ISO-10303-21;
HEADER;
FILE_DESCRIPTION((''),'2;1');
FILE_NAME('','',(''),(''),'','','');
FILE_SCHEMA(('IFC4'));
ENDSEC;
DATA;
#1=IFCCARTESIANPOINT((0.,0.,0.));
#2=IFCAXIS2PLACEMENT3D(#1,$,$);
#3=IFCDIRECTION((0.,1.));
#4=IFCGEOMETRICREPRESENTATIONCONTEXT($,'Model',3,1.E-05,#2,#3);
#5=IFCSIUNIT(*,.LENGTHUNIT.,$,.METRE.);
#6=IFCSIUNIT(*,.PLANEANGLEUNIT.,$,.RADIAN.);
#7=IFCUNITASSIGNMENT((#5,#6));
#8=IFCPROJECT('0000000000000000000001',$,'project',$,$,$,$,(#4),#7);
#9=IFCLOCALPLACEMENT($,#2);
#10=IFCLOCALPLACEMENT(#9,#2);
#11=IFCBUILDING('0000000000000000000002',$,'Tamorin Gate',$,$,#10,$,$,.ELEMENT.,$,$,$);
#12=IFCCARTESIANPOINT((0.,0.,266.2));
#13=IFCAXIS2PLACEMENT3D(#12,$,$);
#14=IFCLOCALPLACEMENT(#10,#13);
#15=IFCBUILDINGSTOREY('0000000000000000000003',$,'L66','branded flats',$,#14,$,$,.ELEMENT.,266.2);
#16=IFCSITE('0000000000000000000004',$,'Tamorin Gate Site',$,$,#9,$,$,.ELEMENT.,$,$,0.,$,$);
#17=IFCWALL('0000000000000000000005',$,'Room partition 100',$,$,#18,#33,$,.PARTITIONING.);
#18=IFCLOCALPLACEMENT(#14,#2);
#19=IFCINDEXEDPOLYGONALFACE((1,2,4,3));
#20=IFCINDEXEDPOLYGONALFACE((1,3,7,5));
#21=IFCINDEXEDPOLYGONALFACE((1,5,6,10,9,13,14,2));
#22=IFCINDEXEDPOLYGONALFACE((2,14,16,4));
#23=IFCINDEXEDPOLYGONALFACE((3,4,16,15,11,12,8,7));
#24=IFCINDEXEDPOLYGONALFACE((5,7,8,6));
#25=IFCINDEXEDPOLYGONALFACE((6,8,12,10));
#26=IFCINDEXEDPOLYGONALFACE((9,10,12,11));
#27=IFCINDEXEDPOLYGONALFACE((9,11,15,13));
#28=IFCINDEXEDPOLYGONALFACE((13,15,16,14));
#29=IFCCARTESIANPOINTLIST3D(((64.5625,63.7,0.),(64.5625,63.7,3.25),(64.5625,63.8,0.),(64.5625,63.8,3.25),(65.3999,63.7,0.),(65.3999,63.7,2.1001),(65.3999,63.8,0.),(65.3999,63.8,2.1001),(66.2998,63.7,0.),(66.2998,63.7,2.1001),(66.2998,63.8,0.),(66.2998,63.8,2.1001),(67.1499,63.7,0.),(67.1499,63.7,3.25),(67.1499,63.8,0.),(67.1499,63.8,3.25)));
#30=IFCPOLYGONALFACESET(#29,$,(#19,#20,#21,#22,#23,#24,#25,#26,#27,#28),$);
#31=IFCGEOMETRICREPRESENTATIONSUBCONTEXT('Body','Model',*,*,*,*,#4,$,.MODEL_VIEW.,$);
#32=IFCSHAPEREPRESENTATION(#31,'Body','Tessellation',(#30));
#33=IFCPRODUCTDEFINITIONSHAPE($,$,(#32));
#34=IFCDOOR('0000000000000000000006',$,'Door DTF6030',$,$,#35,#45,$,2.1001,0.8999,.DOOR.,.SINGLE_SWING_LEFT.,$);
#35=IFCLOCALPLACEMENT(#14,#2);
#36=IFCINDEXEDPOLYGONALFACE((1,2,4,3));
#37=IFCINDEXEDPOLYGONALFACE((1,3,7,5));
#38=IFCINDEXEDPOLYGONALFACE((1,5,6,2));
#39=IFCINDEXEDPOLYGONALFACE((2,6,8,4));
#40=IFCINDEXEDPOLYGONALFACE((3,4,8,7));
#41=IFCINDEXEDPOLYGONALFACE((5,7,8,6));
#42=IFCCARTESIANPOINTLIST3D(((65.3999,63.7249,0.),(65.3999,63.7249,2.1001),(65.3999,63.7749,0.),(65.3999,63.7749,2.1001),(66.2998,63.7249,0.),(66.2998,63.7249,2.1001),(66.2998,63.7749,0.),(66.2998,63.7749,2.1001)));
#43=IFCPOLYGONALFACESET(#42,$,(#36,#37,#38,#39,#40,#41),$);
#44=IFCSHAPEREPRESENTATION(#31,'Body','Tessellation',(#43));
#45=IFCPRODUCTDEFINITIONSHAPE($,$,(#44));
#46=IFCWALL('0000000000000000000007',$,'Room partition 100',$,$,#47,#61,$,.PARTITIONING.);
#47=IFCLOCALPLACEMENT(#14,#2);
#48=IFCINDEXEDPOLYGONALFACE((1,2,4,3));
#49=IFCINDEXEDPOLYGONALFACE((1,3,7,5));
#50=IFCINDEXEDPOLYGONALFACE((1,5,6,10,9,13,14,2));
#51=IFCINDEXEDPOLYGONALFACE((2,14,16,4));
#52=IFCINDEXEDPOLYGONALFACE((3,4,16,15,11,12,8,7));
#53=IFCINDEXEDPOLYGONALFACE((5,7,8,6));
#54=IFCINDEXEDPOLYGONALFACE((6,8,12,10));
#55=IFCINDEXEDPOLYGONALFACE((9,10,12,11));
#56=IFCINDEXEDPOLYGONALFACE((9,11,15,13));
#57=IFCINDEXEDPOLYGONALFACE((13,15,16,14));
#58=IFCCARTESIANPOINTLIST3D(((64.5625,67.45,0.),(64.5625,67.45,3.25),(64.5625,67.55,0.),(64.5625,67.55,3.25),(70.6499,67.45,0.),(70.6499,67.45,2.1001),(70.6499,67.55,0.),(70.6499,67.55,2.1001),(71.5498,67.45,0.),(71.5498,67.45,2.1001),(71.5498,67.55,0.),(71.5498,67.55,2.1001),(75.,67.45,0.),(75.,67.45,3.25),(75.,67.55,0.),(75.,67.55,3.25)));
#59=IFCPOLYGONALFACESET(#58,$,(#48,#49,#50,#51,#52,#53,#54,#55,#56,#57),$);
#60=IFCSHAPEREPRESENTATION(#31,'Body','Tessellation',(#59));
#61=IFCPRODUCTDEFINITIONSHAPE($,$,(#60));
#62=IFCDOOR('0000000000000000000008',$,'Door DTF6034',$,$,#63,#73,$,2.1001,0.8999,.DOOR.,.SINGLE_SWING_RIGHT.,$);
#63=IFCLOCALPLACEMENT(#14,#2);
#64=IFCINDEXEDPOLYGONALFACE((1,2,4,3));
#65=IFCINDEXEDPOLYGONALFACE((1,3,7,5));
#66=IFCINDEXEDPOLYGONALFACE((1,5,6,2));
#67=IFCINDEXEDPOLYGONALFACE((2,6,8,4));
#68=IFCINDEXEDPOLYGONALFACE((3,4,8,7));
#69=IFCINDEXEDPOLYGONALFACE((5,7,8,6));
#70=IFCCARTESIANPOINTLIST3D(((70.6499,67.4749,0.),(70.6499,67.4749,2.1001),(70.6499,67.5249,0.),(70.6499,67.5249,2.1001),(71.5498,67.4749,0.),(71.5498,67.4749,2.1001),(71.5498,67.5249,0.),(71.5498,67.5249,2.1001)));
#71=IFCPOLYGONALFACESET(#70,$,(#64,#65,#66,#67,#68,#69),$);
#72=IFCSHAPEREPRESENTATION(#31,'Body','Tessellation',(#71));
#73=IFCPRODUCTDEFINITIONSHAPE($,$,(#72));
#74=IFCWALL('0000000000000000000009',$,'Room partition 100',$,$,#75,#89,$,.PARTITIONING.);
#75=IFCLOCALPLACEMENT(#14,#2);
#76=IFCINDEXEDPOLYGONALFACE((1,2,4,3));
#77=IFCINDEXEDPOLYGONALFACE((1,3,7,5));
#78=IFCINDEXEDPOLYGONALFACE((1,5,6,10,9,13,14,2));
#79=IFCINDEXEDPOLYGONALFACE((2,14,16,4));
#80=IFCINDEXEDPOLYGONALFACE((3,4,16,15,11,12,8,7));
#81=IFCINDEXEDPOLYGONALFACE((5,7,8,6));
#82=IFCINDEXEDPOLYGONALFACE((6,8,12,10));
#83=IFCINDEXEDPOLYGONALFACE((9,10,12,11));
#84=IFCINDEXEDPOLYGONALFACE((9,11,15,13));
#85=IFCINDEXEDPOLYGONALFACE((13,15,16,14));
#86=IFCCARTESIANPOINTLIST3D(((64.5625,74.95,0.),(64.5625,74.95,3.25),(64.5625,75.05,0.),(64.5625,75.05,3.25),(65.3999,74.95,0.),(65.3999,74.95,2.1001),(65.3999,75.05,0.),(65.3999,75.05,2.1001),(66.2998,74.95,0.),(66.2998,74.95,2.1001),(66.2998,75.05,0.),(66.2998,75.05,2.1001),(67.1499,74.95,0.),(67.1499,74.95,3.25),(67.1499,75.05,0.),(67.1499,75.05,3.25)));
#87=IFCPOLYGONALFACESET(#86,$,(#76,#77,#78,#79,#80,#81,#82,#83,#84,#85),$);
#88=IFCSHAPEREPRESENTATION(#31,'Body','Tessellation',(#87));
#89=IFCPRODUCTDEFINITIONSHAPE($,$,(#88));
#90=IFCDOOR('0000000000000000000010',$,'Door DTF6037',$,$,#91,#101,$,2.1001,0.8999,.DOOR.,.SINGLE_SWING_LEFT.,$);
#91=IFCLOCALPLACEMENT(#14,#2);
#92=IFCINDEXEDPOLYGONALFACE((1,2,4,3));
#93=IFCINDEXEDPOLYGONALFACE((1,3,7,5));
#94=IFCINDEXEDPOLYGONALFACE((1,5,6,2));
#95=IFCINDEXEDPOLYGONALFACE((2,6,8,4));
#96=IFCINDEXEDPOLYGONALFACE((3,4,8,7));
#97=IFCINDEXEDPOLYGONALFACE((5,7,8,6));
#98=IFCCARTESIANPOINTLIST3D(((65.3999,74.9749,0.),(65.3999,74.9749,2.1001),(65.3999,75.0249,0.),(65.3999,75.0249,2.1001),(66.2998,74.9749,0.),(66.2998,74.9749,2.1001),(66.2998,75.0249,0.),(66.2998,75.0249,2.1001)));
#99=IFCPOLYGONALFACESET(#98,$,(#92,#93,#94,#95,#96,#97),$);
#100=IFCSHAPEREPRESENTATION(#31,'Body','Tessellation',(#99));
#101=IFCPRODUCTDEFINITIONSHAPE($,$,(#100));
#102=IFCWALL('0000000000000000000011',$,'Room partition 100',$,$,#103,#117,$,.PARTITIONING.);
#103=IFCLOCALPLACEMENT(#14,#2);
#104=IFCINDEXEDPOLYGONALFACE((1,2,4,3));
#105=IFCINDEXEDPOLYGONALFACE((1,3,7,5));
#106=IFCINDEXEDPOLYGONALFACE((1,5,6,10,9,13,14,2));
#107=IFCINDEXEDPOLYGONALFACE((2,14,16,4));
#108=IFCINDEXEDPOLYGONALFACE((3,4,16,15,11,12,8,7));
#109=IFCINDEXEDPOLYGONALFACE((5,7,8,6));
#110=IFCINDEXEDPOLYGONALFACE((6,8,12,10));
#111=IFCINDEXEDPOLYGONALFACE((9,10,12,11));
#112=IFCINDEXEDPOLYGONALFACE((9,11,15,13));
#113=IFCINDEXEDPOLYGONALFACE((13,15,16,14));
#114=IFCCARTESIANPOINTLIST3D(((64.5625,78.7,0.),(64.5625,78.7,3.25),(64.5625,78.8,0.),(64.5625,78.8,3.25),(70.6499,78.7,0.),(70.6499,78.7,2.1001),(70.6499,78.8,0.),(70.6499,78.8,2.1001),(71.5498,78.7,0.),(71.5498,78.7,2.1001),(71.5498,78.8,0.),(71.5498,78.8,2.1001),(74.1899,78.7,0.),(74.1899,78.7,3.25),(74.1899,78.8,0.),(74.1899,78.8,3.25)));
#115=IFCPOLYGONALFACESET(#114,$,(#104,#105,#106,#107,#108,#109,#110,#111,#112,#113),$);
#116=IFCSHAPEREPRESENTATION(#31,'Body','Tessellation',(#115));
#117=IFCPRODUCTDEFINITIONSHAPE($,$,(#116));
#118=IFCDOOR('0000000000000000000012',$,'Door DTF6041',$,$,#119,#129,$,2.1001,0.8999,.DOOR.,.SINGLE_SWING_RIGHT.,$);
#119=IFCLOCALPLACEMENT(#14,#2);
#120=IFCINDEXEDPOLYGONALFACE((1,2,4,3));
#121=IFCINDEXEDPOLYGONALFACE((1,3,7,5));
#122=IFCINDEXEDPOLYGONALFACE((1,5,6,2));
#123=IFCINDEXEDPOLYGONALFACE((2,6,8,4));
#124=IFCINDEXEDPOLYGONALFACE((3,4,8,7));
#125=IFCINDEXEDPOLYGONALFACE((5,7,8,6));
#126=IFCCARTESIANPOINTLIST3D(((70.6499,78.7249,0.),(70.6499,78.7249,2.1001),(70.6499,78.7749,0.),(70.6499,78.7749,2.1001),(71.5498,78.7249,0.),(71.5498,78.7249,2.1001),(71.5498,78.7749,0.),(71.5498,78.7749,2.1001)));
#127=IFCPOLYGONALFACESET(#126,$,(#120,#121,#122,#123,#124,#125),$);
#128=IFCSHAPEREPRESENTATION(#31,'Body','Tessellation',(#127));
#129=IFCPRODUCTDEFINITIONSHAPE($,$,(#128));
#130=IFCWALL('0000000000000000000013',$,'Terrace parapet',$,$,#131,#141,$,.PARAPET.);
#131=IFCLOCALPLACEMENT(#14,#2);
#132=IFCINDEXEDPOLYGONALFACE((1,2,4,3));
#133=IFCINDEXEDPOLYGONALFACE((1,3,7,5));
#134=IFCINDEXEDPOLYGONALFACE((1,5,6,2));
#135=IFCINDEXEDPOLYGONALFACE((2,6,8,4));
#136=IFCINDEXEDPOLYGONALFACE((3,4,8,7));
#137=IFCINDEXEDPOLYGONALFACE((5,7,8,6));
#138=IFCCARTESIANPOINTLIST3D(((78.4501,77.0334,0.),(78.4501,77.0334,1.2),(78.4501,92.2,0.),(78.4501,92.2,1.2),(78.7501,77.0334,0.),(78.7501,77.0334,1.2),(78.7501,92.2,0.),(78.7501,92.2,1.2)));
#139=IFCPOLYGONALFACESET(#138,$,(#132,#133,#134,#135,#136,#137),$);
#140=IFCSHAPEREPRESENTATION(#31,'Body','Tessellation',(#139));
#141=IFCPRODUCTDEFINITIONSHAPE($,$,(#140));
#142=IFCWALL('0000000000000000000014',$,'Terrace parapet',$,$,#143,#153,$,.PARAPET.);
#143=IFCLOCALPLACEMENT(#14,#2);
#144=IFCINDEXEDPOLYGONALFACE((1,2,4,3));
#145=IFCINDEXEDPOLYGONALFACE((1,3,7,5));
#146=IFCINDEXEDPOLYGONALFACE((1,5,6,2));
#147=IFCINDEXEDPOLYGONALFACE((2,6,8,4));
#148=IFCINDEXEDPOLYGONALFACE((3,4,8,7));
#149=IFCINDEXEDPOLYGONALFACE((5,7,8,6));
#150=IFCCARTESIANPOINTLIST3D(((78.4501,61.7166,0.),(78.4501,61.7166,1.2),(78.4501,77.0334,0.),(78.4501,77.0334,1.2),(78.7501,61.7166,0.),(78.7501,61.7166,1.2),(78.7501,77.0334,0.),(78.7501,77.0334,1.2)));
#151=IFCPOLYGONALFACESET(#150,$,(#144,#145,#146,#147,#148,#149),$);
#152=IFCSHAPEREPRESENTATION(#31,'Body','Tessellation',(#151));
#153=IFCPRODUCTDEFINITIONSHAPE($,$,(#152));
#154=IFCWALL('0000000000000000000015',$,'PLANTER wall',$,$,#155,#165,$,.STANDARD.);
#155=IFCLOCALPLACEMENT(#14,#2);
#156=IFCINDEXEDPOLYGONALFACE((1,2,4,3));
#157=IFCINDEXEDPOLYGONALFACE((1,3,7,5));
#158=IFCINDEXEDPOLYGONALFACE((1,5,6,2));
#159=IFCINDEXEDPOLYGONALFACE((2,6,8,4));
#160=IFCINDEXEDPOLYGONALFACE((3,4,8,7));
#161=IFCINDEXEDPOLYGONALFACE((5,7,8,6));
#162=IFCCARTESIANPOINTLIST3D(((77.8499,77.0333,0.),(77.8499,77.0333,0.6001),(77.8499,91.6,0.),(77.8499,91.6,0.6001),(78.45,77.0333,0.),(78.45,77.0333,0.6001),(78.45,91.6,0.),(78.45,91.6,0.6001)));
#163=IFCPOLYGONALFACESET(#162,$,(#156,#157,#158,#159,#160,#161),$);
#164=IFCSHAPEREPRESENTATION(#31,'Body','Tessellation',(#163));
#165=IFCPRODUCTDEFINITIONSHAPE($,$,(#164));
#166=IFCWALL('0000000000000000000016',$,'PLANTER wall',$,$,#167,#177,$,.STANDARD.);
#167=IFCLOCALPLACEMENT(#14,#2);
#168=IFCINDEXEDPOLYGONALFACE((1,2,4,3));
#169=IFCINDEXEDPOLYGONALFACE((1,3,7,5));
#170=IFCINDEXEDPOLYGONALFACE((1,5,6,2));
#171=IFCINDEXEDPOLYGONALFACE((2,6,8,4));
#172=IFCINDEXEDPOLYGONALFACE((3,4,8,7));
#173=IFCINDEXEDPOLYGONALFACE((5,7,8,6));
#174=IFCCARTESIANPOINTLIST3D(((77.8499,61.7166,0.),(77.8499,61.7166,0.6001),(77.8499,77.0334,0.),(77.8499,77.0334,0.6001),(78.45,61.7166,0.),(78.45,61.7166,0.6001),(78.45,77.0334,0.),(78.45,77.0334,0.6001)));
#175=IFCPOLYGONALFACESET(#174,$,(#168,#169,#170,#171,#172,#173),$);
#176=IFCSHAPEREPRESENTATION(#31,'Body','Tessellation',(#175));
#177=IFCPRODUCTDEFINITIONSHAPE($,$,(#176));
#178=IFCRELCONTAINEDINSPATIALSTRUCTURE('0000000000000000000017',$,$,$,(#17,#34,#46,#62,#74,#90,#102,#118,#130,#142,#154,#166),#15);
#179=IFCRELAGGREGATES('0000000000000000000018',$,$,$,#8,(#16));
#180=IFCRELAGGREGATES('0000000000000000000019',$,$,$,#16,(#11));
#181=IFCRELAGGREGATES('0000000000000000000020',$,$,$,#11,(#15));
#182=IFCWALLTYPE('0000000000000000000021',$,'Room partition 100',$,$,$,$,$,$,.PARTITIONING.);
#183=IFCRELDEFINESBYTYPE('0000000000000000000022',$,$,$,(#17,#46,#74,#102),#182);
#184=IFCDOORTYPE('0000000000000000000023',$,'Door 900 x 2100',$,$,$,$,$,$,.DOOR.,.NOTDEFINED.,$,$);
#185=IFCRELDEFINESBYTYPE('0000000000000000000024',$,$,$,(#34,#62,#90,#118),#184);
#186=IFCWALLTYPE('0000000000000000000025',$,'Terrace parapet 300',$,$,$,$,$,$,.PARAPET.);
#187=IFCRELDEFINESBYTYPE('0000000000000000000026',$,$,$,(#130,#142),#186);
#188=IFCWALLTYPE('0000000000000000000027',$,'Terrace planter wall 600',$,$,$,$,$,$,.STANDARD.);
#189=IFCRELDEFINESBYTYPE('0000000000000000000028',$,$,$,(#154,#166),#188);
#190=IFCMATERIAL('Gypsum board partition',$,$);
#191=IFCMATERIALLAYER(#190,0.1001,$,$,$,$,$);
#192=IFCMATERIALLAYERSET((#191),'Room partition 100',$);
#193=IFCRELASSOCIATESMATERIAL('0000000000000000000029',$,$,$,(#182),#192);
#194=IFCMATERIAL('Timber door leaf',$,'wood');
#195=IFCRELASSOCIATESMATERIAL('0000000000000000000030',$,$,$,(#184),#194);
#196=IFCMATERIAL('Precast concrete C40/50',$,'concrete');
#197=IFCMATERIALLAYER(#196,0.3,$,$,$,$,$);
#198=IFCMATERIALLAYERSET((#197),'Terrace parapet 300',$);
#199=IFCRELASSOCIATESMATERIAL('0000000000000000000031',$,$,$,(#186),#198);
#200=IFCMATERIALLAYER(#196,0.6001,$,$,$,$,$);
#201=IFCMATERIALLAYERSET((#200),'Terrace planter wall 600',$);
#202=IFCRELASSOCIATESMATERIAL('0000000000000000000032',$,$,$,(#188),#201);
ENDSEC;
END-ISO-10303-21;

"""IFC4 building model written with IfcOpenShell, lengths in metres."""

from ifc_helpers import new_model, si_unit, direction, frame, frame_2d, origin, place, context, subcontext, project, spatial, rectangle, extrude, material, layer, layer_set, type_object, element, fill, save


model = new_model("IFC4")

# Units and contexts
model_context = context("Model", 3, precision=1e-05, world=origin(), true_north=direction((0.0, 1.0)))
body_context = subcontext(model_context, "Body", "Model", "MODEL_VIEW")
ifc_project = project(units=[si_unit("LENGTHUNIT", "METRE"), si_unit("PLANEANGLEUNIT", "RADIAN")], contexts=[model_context])

# Site, building, storey
site_placement = place(None, origin())
site = spatial("IfcSite", under=ifc_project, at=site_placement, Name="Tamorin Gate Site", CompositionType="ELEMENT", RefElevation=0.0)
building_placement = place(site_placement, origin())
building = spatial("IfcBuilding", under=site, at=building_placement, Name="Tamorin Gate", CompositionType="ELEMENT")
storey_placement = place(building_placement, frame((0.0, 0.0, 266.2)))
storey = spatial("IfcBuildingStorey", under=building, at=storey_placement, Name="L66", Description="branded flats", CompositionType="ELEMENT", Elevation=266.2)

# Shared definitions
ifc_material_1 = material(Name="Precast concrete C40/50", Category="concrete")

# Walls, openings, doors
ifc_material_2 = material(Name="Gypsum board partition")
ifc_layer_1 = layer(ifc_material_2, 0.1001)
ifc_layer_set_1 = layer_set([ifc_layer_1], Name="Room partition 100")
wall_type_1 = type_object("IfcWallType", Name="Room partition 100", PredefinedType="PARTITIONING", material=ifc_layer_set_1)
wall_1_placement = place(storey_placement, frame((64.5625, 63.75, 0.0), z_axis=(0.0, 0.0, 1.0), x_axis=(1.0, 0.0, 0.0)))
wall_1 = element("IfcWall", 1, at=wall_1_placement, inside=storey, type_object=wall_type_1, Name="Room partition 100", PredefinedType="PARTITIONING", context=body_context, shape_type="SweptSolid", body=[
    extrude(rectangle(XDim=2.5874, YDim=0.1001, at=frame_2d((1.2937, 0.0))), origin(), (0.0, 0.0, 1.0), 3.25),
])
opening_1_placement = place(wall_1_placement, frame((0.8374, 0.0, 0.0)))
opening_1 = element("IfcOpeningElement", 2, at=opening_1_placement, cuts=wall_1, PredefinedType="OPENING", context=body_context, shape_type="SweptSolid", body=[
    extrude(rectangle(XDim=0.8999, YDim=2.1001, at=frame_2d((0.45, 1.05))), frame((0.0, 0.0601, 0.0), z_axis=(0.0, -1.0, 0.0), x_axis=(1.0, 0.0, 0.0)), (0.0, 0.0, 1.0), 0.1201),
])
ifc_material_3 = material(Name="Timber door leaf", Category="wood")
door_type_1 = type_object("IfcDoorType", Name="Door 900 x 2100", OperationType="NOTDEFINED", PredefinedType="DOOR", material=ifc_material_3)
door_1_placement = place(opening_1_placement, origin())
door_1 = element("IfcDoor", 3, at=door_1_placement, inside=storey, type_object=door_type_1, Name="Door DTF6030", OperationType="SINGLE_SWING_LEFT", OverallHeight=2.1001, OverallWidth=0.8999, PredefinedType="DOOR", context=body_context, shape_type="SweptSolid", body=[
    extrude(rectangle(XDim=0.8999, YDim=2.1001, at=frame_2d((0.45, 1.05))), frame((0.0, 0.0249, 0.0), z_axis=(0.0, -1.0, 0.0), x_axis=(1.0, 0.0, 0.0)), (0.0, 0.0, 1.0), 0.05),
])
fill(opening_1, door_1)
wall_2_placement = place(storey_placement, frame((64.5625, 67.5, 0.0), z_axis=(0.0, 0.0, 1.0), x_axis=(1.0, 0.0, 0.0)))
wall_2 = element("IfcWall", 4, at=wall_2_placement, inside=storey, type_object=wall_type_1, Name="Room partition 100", PredefinedType="PARTITIONING", context=body_context, shape_type="SweptSolid", body=[
    extrude(rectangle(XDim=10.4375, YDim=0.1001, at=frame_2d((5.2188, 0.0))), origin(), (0.0, 0.0, 1.0), 3.25),
])
opening_2_placement = place(wall_2_placement, frame((6.0874, 0.0, 0.0)))
opening_2 = element("IfcOpeningElement", 5, at=opening_2_placement, cuts=wall_2, PredefinedType="OPENING", context=body_context, shape_type="SweptSolid", body=[
    extrude(rectangle(XDim=0.8999, YDim=2.1001, at=frame_2d((0.45, 1.05))), frame((0.0, 0.0601, 0.0), z_axis=(0.0, -1.0, 0.0), x_axis=(1.0, 0.0, 0.0)), (0.0, 0.0, 1.0), 0.1201),
])
door_2_placement = place(opening_2_placement, origin())
door_2 = element("IfcDoor", 6, at=door_2_placement, inside=storey, type_object=door_type_1, Name="Door DTF6034", OperationType="SINGLE_SWING_RIGHT", OverallHeight=2.1001, OverallWidth=0.8999, PredefinedType="DOOR", context=body_context, shape_type="SweptSolid", body=[
    extrude(rectangle(XDim=0.8999, YDim=2.1001, at=frame_2d((0.45, 1.05))), frame((0.0, 0.0249, 0.0), z_axis=(0.0, -1.0, 0.0), x_axis=(1.0, 0.0, 0.0)), (0.0, 0.0, 1.0), 0.05),
])
fill(opening_2, door_2)
wall_3_placement = place(storey_placement, frame((64.5625, 75.0, 0.0), z_axis=(0.0, 0.0, 1.0), x_axis=(1.0, 0.0, 0.0)))
wall_3 = element("IfcWall", 7, at=wall_3_placement, inside=storey, type_object=wall_type_1, Name="Room partition 100", PredefinedType="PARTITIONING", context=body_context, shape_type="SweptSolid", body=[
    extrude(rectangle(XDim=2.5874, YDim=0.1001, at=frame_2d((1.2937, 0.0))), origin(), (0.0, 0.0, 1.0), 3.25),
])
opening_3_placement = place(wall_3_placement, frame((0.8374, 0.0, 0.0)))
opening_3 = element("IfcOpeningElement", 8, at=opening_3_placement, cuts=wall_3, PredefinedType="OPENING", context=body_context, shape_type="SweptSolid", body=[
    extrude(rectangle(XDim=0.8999, YDim=2.1001, at=frame_2d((0.45, 1.05))), frame((0.0, 0.0601, 0.0), z_axis=(0.0, -1.0, 0.0), x_axis=(1.0, 0.0, 0.0)), (0.0, 0.0, 1.0), 0.1201),
])
door_3_placement = place(opening_3_placement, origin())
door_3 = element("IfcDoor", 9, at=door_3_placement, inside=storey, type_object=door_type_1, Name="Door DTF6037", OperationType="SINGLE_SWING_LEFT", OverallHeight=2.1001, OverallWidth=0.8999, PredefinedType="DOOR", context=body_context, shape_type="SweptSolid", body=[
    extrude(rectangle(XDim=0.8999, YDim=2.1001, at=frame_2d((0.45, 1.05))), frame((0.0, 0.0249, 0.0), z_axis=(0.0, -1.0, 0.0), x_axis=(1.0, 0.0, 0.0)), (0.0, 0.0, 1.0), 0.05),
])
fill(opening_3, door_3)
wall_4_placement = place(storey_placement, frame((64.5625, 78.75, 0.0), z_axis=(0.0, 0.0, 1.0), x_axis=(1.0, 0.0, 0.0)))
wall_4 = element("IfcWall", 10, at=wall_4_placement, inside=storey, type_object=wall_type_1, Name="Room partition 100", PredefinedType="PARTITIONING", context=body_context, shape_type="SweptSolid", body=[
    extrude(rectangle(XDim=9.6274, YDim=0.1001, at=frame_2d((4.8137, 0.0))), origin(), (0.0, 0.0, 1.0), 3.25),
])
opening_4_placement = place(wall_4_placement, frame((6.0874, 0.0, 0.0)))
opening_4 = element("IfcOpeningElement", 11, at=opening_4_placement, cuts=wall_4, PredefinedType="OPENING", context=body_context, shape_type="SweptSolid", body=[
    extrude(rectangle(XDim=0.8999, YDim=2.1001, at=frame_2d((0.45, 1.05))), frame((0.0, 0.0601, 0.0), z_axis=(0.0, -1.0, 0.0), x_axis=(1.0, 0.0, 0.0)), (0.0, 0.0, 1.0), 0.1201),
])
door_4_placement = place(opening_4_placement, origin())
door_4 = element("IfcDoor", 12, at=door_4_placement, inside=storey, type_object=door_type_1, Name="Door DTF6041", OperationType="SINGLE_SWING_RIGHT", OverallHeight=2.1001, OverallWidth=0.8999, PredefinedType="DOOR", context=body_context, shape_type="SweptSolid", body=[
    extrude(rectangle(XDim=0.8999, YDim=2.1001, at=frame_2d((0.45, 1.05))), frame((0.0, 0.0249, 0.0), z_axis=(0.0, -1.0, 0.0), x_axis=(1.0, 0.0, 0.0)), (0.0, 0.0, 1.0), 0.05),
])
fill(opening_4, door_4)

# Walls
ifc_layer_2 = layer(ifc_material_1, 0.3)
ifc_layer_set_2 = layer_set([ifc_layer_2], Name="Terrace parapet 300")
wall_type_2 = type_object("IfcWallType", Name="Terrace parapet 300", PredefinedType="PARAPET", material=ifc_layer_set_2)
wall_5_placement = place(storey_placement, frame((78.6001, 77.0334, 0.0), z_axis=(0.0, 0.0, 1.0), x_axis=(0.0, 1.0, 0.0)))
element("IfcWall", 13, at=wall_5_placement, inside=storey, type_object=wall_type_2, Name="Terrace parapet", PredefinedType="PARAPET", context=body_context, shape_type="SweptSolid", body=[
    extrude(rectangle(XDim=15.1665, YDim=0.3, at=frame_2d((7.5833, 0.0))), origin(), (0.0, 0.0, 1.0), 1.2),
])
wall_6_placement = place(storey_placement, frame((78.6001, 61.7166, 0.0), z_axis=(0.0, 0.0, 1.0), x_axis=(0.0, 1.0, 0.0)))
element("IfcWall", 14, at=wall_6_placement, inside=storey, type_object=wall_type_2, Name="Terrace parapet", PredefinedType="PARAPET", context=body_context, shape_type="SweptSolid", body=[
    extrude(rectangle(XDim=15.3169, YDim=0.3, at=frame_2d((7.6584, 0.0))), origin(), (0.0, 0.0, 1.0), 1.2),
])
ifc_layer_3 = layer(ifc_material_1, 0.6001)
ifc_layer_set_3 = layer_set([ifc_layer_3], Name="Terrace planter wall 600")
wall_type_3 = type_object("IfcWallType", Name="Terrace planter wall 600", PredefinedType="STANDARD", material=ifc_layer_set_3)
wall_7_placement = place(storey_placement, frame((78.1499, 77.0334, 0.0), z_axis=(0.0, 0.0, 1.0), x_axis=(0.0, 1.0, 0.0)))
element("IfcWall", 15, at=wall_7_placement, inside=storey, type_object=wall_type_3, Name="PLANTER wall", PredefinedType="STANDARD", context=body_context, shape_type="SweptSolid", body=[
    extrude(rectangle(XDim=14.5667, YDim=0.6001, at=frame_2d((7.2832, 0.0))), origin(), (0.0, 0.0, 1.0), 0.6001),
])
wall_8_placement = place(storey_placement, frame((78.1499, 61.7166, 0.0), z_axis=(0.0, 0.0, 1.0), x_axis=(0.0, 1.0, 0.0)))
element("IfcWall", 16, at=wall_8_placement, inside=storey, type_object=wall_type_3, Name="PLANTER wall", PredefinedType="STANDARD", context=body_context, shape_type="SweptSolid", body=[
    extrude(rectangle(XDim=15.3169, YDim=0.6001, at=frame_2d((7.6584, 0.0))), origin(), (0.0, 0.0, 1.0), 0.6001),
])

save(model, "model.ifc")
